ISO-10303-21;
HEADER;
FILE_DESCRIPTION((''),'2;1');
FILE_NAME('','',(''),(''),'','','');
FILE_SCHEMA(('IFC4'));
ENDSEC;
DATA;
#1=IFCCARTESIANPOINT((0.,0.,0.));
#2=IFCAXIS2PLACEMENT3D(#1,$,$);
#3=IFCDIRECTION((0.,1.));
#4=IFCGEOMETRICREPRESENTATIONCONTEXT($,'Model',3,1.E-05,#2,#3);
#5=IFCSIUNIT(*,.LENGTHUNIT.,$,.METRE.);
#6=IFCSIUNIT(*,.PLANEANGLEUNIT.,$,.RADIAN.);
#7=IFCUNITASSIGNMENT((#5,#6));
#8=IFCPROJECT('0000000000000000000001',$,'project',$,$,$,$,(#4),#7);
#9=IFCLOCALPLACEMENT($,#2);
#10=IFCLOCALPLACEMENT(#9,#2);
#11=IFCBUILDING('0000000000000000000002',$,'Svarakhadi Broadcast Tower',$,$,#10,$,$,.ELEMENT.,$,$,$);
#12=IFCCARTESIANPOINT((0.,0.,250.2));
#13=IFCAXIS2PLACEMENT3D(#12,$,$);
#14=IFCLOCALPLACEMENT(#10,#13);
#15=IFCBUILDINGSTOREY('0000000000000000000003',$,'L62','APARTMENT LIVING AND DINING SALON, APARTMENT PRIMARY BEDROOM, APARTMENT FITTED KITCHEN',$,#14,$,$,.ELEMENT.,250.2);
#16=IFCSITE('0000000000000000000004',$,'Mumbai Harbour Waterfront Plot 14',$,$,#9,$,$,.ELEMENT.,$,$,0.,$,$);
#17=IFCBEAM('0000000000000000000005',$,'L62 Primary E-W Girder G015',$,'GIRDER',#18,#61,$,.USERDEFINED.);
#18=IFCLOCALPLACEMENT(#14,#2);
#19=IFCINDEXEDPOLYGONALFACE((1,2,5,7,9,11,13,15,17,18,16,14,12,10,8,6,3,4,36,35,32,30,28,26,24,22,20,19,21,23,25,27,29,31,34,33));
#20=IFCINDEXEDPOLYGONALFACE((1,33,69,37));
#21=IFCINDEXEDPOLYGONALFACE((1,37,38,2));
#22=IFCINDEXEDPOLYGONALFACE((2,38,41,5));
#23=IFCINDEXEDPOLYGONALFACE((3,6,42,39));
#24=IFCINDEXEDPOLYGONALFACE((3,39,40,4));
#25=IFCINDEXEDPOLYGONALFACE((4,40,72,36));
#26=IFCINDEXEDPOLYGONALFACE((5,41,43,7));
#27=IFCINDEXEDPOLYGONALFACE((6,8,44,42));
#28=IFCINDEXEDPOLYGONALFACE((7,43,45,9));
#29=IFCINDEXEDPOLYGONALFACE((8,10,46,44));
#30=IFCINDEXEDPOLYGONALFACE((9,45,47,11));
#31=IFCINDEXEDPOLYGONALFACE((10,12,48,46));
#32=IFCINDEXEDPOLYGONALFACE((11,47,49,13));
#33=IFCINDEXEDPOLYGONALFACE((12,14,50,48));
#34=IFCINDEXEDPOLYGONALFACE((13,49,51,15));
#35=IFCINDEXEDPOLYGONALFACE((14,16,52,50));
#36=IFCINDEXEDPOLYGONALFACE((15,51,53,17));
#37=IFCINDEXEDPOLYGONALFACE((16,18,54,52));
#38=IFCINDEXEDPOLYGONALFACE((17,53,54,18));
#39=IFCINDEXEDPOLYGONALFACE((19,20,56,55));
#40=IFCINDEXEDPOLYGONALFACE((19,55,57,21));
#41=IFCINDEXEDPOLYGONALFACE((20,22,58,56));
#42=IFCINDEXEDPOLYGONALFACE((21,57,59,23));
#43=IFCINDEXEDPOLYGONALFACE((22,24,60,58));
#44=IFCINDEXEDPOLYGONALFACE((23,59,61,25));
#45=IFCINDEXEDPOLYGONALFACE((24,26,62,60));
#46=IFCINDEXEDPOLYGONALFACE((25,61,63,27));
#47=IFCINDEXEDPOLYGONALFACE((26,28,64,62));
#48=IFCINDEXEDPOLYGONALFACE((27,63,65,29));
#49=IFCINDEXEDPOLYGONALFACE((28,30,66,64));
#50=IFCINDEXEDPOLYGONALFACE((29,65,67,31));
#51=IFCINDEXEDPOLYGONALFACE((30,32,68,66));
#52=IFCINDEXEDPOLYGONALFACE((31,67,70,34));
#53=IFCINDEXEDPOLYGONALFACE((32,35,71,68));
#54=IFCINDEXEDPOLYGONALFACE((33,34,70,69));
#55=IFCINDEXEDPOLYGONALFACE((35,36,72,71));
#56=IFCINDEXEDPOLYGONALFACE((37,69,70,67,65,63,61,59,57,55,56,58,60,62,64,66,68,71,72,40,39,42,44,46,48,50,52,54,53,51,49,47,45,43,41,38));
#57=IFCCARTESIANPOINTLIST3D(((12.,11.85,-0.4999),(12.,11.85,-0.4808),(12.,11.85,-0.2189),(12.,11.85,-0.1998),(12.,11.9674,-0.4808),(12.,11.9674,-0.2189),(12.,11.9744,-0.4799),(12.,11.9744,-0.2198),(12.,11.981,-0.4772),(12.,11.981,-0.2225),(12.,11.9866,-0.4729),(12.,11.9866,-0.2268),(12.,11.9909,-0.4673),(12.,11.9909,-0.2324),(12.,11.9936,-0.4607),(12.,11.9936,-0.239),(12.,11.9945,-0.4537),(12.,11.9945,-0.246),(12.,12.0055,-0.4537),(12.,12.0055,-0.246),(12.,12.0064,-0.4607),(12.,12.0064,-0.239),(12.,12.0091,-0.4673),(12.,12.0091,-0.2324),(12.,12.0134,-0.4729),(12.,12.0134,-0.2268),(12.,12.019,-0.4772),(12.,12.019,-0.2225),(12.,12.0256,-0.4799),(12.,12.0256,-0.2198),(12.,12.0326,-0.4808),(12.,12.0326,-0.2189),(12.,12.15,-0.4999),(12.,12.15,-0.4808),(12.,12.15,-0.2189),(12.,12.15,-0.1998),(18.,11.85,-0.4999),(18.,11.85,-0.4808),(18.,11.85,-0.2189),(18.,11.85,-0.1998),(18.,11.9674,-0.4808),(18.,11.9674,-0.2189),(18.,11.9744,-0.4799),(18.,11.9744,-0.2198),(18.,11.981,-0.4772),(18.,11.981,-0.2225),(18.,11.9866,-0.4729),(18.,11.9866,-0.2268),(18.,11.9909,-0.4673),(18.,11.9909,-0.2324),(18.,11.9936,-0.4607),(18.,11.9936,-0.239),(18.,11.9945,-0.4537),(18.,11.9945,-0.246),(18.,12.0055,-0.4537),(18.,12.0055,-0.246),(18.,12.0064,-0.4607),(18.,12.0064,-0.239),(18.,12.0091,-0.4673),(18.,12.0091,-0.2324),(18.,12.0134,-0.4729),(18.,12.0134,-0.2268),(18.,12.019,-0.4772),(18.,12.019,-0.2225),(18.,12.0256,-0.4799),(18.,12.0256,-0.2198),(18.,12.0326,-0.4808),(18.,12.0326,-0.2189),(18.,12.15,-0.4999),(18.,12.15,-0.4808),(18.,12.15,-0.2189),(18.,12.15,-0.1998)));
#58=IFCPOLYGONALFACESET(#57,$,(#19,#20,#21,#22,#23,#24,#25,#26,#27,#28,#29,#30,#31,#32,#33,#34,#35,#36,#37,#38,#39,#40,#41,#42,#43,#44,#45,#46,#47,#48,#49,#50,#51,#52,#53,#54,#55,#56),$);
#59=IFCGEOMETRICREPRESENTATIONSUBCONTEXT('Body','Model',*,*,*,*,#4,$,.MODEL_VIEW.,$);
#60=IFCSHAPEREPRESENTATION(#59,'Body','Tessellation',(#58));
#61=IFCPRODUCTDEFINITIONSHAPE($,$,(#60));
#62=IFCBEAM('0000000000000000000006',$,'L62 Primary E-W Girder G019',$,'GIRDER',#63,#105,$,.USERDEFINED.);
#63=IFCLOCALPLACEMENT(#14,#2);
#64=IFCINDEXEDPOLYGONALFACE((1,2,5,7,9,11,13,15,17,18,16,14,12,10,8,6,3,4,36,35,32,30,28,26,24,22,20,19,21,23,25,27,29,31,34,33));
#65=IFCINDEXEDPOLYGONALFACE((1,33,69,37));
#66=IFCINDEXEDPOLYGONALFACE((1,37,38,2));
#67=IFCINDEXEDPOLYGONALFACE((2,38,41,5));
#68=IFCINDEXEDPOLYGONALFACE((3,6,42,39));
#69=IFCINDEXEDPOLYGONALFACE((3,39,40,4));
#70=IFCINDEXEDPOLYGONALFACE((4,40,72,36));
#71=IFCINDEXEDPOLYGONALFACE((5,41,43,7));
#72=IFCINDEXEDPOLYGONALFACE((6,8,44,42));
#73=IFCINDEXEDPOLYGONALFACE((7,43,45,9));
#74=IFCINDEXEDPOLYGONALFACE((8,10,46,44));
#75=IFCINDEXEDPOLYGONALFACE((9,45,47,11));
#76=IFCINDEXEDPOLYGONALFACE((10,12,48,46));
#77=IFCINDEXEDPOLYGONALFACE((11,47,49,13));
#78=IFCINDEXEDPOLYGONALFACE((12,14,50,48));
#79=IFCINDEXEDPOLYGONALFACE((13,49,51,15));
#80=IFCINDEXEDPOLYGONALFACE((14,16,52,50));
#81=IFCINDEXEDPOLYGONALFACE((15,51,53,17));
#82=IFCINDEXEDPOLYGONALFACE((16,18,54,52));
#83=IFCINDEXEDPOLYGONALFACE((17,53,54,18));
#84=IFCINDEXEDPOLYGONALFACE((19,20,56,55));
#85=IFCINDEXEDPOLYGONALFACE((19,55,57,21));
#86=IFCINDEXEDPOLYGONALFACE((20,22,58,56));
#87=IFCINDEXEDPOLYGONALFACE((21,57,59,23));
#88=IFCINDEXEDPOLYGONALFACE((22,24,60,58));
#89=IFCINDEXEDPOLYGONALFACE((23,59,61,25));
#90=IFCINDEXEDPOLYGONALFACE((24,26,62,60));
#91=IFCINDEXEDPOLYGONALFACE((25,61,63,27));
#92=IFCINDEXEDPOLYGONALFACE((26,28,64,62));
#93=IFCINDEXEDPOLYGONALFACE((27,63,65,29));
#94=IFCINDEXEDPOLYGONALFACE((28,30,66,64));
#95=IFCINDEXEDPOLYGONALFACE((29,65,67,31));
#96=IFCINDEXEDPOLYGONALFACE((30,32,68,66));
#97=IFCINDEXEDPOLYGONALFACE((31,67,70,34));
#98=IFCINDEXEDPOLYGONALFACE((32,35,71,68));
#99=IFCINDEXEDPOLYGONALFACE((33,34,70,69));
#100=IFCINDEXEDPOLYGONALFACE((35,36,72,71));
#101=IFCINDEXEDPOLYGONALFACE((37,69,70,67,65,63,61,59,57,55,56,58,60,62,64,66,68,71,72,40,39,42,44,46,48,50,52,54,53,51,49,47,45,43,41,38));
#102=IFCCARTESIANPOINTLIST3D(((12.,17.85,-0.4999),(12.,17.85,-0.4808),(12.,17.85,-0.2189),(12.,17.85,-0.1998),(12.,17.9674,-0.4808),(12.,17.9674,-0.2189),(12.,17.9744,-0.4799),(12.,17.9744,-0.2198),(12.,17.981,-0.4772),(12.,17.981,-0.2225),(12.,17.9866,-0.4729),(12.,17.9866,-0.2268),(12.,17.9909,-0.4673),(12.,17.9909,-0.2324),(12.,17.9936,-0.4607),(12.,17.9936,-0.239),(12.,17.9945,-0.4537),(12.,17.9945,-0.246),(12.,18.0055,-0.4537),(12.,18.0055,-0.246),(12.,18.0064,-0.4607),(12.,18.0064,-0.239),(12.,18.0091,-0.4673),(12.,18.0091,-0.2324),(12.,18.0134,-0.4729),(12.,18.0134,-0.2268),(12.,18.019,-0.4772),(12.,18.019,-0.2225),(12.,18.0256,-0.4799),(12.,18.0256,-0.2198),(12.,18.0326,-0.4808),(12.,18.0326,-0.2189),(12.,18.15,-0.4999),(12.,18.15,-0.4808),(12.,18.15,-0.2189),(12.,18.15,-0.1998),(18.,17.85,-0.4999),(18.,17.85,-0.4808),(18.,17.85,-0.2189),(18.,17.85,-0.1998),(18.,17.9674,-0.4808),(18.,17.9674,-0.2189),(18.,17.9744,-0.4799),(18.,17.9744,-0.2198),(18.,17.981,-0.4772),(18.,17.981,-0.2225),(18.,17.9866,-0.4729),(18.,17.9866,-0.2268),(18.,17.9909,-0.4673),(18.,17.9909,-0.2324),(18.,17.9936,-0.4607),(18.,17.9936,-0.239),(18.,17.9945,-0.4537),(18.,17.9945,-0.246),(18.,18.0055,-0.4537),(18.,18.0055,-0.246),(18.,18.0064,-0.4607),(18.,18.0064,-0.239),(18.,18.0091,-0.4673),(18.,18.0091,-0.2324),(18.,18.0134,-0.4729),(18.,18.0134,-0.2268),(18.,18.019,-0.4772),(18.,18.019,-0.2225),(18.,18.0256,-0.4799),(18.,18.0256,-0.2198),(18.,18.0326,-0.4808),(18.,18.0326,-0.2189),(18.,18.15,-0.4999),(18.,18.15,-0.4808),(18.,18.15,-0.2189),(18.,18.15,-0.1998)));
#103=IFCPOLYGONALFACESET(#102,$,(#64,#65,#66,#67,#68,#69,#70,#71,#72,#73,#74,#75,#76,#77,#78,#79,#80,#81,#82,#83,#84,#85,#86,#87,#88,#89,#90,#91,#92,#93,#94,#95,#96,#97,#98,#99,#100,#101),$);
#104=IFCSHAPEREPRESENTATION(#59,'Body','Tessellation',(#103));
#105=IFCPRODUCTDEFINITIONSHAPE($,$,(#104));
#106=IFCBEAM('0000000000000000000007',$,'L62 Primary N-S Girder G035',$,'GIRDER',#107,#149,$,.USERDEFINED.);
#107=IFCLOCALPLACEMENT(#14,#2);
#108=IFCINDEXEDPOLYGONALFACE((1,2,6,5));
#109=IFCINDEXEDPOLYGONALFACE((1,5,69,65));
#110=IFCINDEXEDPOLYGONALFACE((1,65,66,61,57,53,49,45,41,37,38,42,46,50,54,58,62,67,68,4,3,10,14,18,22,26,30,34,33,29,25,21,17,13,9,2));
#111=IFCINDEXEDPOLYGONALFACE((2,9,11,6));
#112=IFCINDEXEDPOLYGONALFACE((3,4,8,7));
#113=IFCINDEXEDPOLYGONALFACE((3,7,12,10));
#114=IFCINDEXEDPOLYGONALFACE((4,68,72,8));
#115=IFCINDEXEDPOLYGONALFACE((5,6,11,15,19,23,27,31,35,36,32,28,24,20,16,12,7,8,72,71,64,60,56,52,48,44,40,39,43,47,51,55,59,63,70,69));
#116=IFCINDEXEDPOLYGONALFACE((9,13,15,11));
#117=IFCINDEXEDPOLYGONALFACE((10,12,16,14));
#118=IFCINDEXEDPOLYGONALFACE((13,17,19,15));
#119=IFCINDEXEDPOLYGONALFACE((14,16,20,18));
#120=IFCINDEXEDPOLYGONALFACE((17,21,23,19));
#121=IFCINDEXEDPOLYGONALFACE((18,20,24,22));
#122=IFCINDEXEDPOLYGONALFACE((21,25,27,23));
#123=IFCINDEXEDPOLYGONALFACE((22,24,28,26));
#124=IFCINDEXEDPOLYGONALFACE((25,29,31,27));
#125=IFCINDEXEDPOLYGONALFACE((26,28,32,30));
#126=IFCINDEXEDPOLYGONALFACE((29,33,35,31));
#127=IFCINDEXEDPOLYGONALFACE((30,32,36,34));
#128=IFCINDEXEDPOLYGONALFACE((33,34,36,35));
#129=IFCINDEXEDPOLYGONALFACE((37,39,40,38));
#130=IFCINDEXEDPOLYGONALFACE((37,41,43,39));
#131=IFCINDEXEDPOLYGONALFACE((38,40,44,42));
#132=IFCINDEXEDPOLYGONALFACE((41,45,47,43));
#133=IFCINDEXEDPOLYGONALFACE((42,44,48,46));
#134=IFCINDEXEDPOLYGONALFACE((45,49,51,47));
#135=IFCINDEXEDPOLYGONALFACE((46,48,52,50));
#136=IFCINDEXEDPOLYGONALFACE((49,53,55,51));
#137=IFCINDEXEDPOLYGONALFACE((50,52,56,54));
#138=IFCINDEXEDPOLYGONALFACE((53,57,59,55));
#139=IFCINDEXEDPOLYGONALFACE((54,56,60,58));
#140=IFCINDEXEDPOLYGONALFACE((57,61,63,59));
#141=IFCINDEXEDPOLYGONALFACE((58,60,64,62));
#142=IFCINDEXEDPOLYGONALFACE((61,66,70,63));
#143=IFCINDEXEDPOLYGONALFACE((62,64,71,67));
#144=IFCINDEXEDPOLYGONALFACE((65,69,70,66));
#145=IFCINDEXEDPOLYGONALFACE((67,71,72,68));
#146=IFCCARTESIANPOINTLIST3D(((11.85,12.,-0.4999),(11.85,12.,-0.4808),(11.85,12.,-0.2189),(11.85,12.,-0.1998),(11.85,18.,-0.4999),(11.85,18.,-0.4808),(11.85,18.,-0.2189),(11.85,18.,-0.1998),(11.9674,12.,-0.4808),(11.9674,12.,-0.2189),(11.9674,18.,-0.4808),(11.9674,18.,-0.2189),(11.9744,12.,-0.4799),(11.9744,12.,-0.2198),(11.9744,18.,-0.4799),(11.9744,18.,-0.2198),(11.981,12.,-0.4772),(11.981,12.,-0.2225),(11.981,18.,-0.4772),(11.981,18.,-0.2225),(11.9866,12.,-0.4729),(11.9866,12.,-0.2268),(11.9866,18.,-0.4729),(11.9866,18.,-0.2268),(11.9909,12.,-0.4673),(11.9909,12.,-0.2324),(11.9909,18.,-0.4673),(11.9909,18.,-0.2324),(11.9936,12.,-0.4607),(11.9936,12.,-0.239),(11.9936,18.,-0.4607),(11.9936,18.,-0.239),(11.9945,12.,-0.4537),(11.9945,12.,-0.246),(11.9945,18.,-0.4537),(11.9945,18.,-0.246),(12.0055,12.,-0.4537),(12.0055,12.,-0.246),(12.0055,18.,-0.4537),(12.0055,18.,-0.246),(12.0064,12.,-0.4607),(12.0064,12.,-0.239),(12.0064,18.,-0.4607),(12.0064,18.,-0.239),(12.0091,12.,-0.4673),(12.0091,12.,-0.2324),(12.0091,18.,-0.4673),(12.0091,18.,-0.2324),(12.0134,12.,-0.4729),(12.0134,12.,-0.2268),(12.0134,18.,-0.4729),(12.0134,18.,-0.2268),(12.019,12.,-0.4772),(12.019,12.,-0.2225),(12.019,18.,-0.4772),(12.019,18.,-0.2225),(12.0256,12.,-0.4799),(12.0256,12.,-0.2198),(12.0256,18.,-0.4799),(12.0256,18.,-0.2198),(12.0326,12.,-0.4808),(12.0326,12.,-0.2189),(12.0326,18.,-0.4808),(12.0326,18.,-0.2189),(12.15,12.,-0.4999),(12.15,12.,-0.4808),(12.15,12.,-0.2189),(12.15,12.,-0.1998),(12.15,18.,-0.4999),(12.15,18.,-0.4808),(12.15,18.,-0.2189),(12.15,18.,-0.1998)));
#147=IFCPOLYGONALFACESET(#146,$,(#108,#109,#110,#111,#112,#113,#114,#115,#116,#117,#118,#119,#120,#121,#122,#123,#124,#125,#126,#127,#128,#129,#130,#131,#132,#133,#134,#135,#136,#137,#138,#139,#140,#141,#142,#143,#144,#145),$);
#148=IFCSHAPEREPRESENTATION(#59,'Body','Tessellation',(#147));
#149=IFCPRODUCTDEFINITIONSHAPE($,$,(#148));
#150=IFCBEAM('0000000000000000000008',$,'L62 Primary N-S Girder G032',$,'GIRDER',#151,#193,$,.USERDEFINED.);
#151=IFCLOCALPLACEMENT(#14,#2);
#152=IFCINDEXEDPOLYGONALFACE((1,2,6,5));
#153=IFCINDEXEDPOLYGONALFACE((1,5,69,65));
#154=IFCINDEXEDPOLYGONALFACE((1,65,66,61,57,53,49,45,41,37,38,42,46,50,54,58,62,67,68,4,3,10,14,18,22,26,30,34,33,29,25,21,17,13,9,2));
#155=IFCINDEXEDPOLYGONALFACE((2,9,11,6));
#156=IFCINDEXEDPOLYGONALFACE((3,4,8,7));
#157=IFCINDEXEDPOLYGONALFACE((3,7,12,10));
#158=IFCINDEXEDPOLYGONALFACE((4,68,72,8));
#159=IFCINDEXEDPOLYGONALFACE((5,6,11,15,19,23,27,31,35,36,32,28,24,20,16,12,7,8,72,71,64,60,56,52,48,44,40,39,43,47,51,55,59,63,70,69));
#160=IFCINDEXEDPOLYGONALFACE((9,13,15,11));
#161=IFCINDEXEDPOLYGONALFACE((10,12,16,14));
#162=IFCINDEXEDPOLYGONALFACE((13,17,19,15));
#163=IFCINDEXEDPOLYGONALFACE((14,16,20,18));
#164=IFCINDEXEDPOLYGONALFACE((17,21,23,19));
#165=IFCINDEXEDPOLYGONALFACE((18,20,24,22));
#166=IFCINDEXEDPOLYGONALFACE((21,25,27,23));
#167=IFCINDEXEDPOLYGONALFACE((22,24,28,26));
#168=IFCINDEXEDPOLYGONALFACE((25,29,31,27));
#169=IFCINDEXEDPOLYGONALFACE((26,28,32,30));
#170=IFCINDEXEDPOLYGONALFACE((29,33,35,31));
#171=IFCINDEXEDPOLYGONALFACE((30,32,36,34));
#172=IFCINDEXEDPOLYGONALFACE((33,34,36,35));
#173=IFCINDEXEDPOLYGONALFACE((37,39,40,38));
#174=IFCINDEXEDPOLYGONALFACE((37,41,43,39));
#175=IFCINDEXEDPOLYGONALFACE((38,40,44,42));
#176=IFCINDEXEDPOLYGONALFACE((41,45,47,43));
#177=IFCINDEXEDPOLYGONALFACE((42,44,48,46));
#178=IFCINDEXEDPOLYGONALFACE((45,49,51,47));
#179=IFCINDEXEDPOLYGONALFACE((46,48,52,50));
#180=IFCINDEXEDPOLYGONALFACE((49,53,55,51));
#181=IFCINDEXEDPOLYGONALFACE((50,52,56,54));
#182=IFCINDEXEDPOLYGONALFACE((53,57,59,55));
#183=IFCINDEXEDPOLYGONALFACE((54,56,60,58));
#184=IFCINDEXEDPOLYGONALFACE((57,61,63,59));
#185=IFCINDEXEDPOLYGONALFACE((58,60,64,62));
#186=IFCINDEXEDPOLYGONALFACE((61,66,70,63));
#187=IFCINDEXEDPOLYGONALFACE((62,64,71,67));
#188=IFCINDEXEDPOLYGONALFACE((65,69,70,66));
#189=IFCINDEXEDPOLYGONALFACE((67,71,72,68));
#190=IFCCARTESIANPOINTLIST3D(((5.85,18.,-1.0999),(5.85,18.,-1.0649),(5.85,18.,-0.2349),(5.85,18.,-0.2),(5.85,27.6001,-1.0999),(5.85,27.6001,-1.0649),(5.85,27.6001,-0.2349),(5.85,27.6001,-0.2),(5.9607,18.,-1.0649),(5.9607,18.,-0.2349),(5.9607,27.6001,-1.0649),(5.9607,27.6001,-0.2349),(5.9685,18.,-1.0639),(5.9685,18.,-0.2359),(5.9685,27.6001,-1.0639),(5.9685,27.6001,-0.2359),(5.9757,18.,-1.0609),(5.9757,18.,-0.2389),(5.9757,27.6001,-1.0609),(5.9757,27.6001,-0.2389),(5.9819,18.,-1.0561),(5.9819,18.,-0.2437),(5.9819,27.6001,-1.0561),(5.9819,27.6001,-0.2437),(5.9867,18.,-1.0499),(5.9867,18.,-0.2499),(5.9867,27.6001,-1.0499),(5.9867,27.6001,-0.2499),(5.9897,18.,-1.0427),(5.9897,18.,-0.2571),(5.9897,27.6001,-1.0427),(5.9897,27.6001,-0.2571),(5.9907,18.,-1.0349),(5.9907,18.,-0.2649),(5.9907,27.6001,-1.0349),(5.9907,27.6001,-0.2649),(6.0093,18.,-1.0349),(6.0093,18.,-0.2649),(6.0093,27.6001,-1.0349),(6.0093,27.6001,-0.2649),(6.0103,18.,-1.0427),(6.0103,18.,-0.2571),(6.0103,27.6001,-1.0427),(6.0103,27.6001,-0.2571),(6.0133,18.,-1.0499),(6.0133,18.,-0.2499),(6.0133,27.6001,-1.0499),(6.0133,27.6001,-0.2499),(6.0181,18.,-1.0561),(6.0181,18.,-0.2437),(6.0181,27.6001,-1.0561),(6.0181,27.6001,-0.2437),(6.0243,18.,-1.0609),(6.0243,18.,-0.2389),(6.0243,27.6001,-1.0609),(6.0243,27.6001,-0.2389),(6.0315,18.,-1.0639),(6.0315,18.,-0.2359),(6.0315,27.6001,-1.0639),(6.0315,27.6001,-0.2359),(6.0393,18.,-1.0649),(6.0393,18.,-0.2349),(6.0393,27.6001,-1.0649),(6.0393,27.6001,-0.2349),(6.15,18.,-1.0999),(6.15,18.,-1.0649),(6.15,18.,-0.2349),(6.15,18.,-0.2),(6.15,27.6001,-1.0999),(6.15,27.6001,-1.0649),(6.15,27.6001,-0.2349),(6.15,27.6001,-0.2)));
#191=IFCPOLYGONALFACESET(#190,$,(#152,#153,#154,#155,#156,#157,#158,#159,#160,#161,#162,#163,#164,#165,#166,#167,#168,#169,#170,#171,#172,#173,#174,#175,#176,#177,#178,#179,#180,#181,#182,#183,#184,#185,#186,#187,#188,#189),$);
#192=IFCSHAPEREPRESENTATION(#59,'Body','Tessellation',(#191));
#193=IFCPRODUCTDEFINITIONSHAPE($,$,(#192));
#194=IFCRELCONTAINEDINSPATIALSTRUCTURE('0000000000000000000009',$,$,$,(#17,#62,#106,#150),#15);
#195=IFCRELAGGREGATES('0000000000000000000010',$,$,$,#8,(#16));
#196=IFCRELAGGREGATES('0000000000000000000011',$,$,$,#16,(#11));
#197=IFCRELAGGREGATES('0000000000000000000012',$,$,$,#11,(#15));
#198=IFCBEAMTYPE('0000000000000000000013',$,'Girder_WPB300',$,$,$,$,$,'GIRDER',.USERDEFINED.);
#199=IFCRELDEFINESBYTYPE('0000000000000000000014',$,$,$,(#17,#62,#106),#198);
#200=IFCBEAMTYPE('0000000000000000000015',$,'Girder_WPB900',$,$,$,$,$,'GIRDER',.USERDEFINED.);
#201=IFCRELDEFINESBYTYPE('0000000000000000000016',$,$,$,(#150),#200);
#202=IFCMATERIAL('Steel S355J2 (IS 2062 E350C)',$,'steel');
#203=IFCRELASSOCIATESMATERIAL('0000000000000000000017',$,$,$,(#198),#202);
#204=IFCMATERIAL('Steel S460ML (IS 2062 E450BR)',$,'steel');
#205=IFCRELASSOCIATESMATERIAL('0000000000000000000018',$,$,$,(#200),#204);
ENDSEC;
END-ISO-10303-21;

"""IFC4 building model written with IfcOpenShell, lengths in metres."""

from ifc_helpers import new_model, si_unit, direction, frame, origin, origin_2d, place, context, subcontext, project, spatial, i_section, extrude, material, material_profile, profile_set, type_object, element, save


model = new_model("IFC4")

# Units and contexts
model_context = context("Model", 3, precision=1e-05, world=origin(), true_north=direction((0.0, 1.0)))
body_context = subcontext(model_context, "Body", "Model", "MODEL_VIEW")
ifc_project = project(units=[si_unit("LENGTHUNIT", "METRE"), si_unit("PLANEANGLEUNIT", "RADIAN")], contexts=[model_context])

# Site, building, storey
site_placement = place(None, origin())
site = spatial("IfcSite", under=ifc_project, at=site_placement, Name="Mumbai Harbour Waterfront Plot 14", CompositionType="ELEMENT", RefElevation=0.0)
building_placement = place(site_placement, origin())
building = spatial("IfcBuilding", under=site, at=building_placement, Name="Svarakhadi Broadcast Tower", CompositionType="ELEMENT")
storey_placement = place(building_placement, frame((0.0, 0.0, 250.2)))
storey = spatial("IfcBuildingStorey", under=building, at=storey_placement, Name="L62", Description="APARTMENT LIVING AND DINING SALON, APARTMENT PRIMARY BEDROOM, APARTMENT FITTED KITCHEN", CompositionType="ELEMENT", Elevation=250.2)

# Shared definitions
ifc_material_1 = material(Name="Steel S460ML (IS 2062 E450BR)", Category="steel")

# Beams
ifc_material_2 = material(Name="Steel S355J2 (IS 2062 E350C)", Category="steel")
ifc_material_profile_1 = material_profile(ifc_material_2, i_section(OverallWidth=0.3, OverallDepth=0.3, WebThickness=0.011, FlangeThickness=0.019, FilletRadius=0.0271, at=origin_2d()), Name="WPB 300x300x117")
ifc_profile_set_1 = profile_set([ifc_material_profile_1], Name="Steel S355J2 (IS 2062 E350C)")
beam_type_1 = type_object("IfcBeamType", Name="Girder_WPB300", ElementType="GIRDER", PredefinedType="USERDEFINED", material=ifc_profile_set_1)
for number, where, z_axis, x_axis, name in (
    (1, (12.0, 12.0, -0.3499), (1.0, 0.0, 0.0), (0.0, 1.0, 0.0), "L62 Primary E-W Girder G015"),
    (2, (12.0, 18.0, -0.3499), (1.0, 0.0, 0.0), (0.0, 1.0, 0.0), "L62 Primary E-W Girder G019"),
    (3, (12.0, 12.0, -0.3499), (0.0, 1.0, 0.0), (-1.0, 0.0, 0.0), "L62 Primary N-S Girder G035"),
):
    element("IfcBeam", number, at=place(storey_placement, frame(where, z_axis=z_axis, x_axis=x_axis)), inside=storey, type_object=beam_type_1, Name=name, ObjectType="GIRDER", PredefinedType="USERDEFINED", context=body_context, shape_type="SweptSolid", body=[
        extrude(i_section(OverallWidth=0.3, OverallDepth=0.3, WebThickness=0.011, FlangeThickness=0.019, FilletRadius=0.0271, at=origin_2d()), origin(), (0.0, 0.0, 1.0), 6.0),
    ])
ifc_material_profile_2 = material_profile(ifc_material_1, i_section(OverallWidth=0.3, OverallDepth=0.8999, WebThickness=0.0186, FlangeThickness=0.0349, FilletRadius=0.03, at=origin_2d()), Name="WPB 900x300x291")
ifc_profile_set_2 = profile_set([ifc_material_profile_2], Name="Steel S460ML (IS 2062 E450BR)")
beam_type_2 = type_object("IfcBeamType", Name="Girder_WPB900", ElementType="GIRDER", PredefinedType="USERDEFINED", material=ifc_profile_set_2)
beam_1_placement = place(storey_placement, frame((6.0, 18.0, -0.6499), z_axis=(0.0, 1.0, 0.0), x_axis=(-1.0, 0.0, 0.0)))
element("IfcBeam", 4, at=beam_1_placement, inside=storey, type_object=beam_type_2, Name="L62 Primary N-S Girder G032", ObjectType="GIRDER", PredefinedType="USERDEFINED", context=body_context, shape_type="SweptSolid", body=[
    extrude(i_section(OverallWidth=0.3, OverallDepth=0.8999, WebThickness=0.0186, FlangeThickness=0.0349, FilletRadius=0.03, at=origin_2d()), origin(), (0.0, 0.0, 1.0), 9.6001),
])

save(model, "model.ifc")
